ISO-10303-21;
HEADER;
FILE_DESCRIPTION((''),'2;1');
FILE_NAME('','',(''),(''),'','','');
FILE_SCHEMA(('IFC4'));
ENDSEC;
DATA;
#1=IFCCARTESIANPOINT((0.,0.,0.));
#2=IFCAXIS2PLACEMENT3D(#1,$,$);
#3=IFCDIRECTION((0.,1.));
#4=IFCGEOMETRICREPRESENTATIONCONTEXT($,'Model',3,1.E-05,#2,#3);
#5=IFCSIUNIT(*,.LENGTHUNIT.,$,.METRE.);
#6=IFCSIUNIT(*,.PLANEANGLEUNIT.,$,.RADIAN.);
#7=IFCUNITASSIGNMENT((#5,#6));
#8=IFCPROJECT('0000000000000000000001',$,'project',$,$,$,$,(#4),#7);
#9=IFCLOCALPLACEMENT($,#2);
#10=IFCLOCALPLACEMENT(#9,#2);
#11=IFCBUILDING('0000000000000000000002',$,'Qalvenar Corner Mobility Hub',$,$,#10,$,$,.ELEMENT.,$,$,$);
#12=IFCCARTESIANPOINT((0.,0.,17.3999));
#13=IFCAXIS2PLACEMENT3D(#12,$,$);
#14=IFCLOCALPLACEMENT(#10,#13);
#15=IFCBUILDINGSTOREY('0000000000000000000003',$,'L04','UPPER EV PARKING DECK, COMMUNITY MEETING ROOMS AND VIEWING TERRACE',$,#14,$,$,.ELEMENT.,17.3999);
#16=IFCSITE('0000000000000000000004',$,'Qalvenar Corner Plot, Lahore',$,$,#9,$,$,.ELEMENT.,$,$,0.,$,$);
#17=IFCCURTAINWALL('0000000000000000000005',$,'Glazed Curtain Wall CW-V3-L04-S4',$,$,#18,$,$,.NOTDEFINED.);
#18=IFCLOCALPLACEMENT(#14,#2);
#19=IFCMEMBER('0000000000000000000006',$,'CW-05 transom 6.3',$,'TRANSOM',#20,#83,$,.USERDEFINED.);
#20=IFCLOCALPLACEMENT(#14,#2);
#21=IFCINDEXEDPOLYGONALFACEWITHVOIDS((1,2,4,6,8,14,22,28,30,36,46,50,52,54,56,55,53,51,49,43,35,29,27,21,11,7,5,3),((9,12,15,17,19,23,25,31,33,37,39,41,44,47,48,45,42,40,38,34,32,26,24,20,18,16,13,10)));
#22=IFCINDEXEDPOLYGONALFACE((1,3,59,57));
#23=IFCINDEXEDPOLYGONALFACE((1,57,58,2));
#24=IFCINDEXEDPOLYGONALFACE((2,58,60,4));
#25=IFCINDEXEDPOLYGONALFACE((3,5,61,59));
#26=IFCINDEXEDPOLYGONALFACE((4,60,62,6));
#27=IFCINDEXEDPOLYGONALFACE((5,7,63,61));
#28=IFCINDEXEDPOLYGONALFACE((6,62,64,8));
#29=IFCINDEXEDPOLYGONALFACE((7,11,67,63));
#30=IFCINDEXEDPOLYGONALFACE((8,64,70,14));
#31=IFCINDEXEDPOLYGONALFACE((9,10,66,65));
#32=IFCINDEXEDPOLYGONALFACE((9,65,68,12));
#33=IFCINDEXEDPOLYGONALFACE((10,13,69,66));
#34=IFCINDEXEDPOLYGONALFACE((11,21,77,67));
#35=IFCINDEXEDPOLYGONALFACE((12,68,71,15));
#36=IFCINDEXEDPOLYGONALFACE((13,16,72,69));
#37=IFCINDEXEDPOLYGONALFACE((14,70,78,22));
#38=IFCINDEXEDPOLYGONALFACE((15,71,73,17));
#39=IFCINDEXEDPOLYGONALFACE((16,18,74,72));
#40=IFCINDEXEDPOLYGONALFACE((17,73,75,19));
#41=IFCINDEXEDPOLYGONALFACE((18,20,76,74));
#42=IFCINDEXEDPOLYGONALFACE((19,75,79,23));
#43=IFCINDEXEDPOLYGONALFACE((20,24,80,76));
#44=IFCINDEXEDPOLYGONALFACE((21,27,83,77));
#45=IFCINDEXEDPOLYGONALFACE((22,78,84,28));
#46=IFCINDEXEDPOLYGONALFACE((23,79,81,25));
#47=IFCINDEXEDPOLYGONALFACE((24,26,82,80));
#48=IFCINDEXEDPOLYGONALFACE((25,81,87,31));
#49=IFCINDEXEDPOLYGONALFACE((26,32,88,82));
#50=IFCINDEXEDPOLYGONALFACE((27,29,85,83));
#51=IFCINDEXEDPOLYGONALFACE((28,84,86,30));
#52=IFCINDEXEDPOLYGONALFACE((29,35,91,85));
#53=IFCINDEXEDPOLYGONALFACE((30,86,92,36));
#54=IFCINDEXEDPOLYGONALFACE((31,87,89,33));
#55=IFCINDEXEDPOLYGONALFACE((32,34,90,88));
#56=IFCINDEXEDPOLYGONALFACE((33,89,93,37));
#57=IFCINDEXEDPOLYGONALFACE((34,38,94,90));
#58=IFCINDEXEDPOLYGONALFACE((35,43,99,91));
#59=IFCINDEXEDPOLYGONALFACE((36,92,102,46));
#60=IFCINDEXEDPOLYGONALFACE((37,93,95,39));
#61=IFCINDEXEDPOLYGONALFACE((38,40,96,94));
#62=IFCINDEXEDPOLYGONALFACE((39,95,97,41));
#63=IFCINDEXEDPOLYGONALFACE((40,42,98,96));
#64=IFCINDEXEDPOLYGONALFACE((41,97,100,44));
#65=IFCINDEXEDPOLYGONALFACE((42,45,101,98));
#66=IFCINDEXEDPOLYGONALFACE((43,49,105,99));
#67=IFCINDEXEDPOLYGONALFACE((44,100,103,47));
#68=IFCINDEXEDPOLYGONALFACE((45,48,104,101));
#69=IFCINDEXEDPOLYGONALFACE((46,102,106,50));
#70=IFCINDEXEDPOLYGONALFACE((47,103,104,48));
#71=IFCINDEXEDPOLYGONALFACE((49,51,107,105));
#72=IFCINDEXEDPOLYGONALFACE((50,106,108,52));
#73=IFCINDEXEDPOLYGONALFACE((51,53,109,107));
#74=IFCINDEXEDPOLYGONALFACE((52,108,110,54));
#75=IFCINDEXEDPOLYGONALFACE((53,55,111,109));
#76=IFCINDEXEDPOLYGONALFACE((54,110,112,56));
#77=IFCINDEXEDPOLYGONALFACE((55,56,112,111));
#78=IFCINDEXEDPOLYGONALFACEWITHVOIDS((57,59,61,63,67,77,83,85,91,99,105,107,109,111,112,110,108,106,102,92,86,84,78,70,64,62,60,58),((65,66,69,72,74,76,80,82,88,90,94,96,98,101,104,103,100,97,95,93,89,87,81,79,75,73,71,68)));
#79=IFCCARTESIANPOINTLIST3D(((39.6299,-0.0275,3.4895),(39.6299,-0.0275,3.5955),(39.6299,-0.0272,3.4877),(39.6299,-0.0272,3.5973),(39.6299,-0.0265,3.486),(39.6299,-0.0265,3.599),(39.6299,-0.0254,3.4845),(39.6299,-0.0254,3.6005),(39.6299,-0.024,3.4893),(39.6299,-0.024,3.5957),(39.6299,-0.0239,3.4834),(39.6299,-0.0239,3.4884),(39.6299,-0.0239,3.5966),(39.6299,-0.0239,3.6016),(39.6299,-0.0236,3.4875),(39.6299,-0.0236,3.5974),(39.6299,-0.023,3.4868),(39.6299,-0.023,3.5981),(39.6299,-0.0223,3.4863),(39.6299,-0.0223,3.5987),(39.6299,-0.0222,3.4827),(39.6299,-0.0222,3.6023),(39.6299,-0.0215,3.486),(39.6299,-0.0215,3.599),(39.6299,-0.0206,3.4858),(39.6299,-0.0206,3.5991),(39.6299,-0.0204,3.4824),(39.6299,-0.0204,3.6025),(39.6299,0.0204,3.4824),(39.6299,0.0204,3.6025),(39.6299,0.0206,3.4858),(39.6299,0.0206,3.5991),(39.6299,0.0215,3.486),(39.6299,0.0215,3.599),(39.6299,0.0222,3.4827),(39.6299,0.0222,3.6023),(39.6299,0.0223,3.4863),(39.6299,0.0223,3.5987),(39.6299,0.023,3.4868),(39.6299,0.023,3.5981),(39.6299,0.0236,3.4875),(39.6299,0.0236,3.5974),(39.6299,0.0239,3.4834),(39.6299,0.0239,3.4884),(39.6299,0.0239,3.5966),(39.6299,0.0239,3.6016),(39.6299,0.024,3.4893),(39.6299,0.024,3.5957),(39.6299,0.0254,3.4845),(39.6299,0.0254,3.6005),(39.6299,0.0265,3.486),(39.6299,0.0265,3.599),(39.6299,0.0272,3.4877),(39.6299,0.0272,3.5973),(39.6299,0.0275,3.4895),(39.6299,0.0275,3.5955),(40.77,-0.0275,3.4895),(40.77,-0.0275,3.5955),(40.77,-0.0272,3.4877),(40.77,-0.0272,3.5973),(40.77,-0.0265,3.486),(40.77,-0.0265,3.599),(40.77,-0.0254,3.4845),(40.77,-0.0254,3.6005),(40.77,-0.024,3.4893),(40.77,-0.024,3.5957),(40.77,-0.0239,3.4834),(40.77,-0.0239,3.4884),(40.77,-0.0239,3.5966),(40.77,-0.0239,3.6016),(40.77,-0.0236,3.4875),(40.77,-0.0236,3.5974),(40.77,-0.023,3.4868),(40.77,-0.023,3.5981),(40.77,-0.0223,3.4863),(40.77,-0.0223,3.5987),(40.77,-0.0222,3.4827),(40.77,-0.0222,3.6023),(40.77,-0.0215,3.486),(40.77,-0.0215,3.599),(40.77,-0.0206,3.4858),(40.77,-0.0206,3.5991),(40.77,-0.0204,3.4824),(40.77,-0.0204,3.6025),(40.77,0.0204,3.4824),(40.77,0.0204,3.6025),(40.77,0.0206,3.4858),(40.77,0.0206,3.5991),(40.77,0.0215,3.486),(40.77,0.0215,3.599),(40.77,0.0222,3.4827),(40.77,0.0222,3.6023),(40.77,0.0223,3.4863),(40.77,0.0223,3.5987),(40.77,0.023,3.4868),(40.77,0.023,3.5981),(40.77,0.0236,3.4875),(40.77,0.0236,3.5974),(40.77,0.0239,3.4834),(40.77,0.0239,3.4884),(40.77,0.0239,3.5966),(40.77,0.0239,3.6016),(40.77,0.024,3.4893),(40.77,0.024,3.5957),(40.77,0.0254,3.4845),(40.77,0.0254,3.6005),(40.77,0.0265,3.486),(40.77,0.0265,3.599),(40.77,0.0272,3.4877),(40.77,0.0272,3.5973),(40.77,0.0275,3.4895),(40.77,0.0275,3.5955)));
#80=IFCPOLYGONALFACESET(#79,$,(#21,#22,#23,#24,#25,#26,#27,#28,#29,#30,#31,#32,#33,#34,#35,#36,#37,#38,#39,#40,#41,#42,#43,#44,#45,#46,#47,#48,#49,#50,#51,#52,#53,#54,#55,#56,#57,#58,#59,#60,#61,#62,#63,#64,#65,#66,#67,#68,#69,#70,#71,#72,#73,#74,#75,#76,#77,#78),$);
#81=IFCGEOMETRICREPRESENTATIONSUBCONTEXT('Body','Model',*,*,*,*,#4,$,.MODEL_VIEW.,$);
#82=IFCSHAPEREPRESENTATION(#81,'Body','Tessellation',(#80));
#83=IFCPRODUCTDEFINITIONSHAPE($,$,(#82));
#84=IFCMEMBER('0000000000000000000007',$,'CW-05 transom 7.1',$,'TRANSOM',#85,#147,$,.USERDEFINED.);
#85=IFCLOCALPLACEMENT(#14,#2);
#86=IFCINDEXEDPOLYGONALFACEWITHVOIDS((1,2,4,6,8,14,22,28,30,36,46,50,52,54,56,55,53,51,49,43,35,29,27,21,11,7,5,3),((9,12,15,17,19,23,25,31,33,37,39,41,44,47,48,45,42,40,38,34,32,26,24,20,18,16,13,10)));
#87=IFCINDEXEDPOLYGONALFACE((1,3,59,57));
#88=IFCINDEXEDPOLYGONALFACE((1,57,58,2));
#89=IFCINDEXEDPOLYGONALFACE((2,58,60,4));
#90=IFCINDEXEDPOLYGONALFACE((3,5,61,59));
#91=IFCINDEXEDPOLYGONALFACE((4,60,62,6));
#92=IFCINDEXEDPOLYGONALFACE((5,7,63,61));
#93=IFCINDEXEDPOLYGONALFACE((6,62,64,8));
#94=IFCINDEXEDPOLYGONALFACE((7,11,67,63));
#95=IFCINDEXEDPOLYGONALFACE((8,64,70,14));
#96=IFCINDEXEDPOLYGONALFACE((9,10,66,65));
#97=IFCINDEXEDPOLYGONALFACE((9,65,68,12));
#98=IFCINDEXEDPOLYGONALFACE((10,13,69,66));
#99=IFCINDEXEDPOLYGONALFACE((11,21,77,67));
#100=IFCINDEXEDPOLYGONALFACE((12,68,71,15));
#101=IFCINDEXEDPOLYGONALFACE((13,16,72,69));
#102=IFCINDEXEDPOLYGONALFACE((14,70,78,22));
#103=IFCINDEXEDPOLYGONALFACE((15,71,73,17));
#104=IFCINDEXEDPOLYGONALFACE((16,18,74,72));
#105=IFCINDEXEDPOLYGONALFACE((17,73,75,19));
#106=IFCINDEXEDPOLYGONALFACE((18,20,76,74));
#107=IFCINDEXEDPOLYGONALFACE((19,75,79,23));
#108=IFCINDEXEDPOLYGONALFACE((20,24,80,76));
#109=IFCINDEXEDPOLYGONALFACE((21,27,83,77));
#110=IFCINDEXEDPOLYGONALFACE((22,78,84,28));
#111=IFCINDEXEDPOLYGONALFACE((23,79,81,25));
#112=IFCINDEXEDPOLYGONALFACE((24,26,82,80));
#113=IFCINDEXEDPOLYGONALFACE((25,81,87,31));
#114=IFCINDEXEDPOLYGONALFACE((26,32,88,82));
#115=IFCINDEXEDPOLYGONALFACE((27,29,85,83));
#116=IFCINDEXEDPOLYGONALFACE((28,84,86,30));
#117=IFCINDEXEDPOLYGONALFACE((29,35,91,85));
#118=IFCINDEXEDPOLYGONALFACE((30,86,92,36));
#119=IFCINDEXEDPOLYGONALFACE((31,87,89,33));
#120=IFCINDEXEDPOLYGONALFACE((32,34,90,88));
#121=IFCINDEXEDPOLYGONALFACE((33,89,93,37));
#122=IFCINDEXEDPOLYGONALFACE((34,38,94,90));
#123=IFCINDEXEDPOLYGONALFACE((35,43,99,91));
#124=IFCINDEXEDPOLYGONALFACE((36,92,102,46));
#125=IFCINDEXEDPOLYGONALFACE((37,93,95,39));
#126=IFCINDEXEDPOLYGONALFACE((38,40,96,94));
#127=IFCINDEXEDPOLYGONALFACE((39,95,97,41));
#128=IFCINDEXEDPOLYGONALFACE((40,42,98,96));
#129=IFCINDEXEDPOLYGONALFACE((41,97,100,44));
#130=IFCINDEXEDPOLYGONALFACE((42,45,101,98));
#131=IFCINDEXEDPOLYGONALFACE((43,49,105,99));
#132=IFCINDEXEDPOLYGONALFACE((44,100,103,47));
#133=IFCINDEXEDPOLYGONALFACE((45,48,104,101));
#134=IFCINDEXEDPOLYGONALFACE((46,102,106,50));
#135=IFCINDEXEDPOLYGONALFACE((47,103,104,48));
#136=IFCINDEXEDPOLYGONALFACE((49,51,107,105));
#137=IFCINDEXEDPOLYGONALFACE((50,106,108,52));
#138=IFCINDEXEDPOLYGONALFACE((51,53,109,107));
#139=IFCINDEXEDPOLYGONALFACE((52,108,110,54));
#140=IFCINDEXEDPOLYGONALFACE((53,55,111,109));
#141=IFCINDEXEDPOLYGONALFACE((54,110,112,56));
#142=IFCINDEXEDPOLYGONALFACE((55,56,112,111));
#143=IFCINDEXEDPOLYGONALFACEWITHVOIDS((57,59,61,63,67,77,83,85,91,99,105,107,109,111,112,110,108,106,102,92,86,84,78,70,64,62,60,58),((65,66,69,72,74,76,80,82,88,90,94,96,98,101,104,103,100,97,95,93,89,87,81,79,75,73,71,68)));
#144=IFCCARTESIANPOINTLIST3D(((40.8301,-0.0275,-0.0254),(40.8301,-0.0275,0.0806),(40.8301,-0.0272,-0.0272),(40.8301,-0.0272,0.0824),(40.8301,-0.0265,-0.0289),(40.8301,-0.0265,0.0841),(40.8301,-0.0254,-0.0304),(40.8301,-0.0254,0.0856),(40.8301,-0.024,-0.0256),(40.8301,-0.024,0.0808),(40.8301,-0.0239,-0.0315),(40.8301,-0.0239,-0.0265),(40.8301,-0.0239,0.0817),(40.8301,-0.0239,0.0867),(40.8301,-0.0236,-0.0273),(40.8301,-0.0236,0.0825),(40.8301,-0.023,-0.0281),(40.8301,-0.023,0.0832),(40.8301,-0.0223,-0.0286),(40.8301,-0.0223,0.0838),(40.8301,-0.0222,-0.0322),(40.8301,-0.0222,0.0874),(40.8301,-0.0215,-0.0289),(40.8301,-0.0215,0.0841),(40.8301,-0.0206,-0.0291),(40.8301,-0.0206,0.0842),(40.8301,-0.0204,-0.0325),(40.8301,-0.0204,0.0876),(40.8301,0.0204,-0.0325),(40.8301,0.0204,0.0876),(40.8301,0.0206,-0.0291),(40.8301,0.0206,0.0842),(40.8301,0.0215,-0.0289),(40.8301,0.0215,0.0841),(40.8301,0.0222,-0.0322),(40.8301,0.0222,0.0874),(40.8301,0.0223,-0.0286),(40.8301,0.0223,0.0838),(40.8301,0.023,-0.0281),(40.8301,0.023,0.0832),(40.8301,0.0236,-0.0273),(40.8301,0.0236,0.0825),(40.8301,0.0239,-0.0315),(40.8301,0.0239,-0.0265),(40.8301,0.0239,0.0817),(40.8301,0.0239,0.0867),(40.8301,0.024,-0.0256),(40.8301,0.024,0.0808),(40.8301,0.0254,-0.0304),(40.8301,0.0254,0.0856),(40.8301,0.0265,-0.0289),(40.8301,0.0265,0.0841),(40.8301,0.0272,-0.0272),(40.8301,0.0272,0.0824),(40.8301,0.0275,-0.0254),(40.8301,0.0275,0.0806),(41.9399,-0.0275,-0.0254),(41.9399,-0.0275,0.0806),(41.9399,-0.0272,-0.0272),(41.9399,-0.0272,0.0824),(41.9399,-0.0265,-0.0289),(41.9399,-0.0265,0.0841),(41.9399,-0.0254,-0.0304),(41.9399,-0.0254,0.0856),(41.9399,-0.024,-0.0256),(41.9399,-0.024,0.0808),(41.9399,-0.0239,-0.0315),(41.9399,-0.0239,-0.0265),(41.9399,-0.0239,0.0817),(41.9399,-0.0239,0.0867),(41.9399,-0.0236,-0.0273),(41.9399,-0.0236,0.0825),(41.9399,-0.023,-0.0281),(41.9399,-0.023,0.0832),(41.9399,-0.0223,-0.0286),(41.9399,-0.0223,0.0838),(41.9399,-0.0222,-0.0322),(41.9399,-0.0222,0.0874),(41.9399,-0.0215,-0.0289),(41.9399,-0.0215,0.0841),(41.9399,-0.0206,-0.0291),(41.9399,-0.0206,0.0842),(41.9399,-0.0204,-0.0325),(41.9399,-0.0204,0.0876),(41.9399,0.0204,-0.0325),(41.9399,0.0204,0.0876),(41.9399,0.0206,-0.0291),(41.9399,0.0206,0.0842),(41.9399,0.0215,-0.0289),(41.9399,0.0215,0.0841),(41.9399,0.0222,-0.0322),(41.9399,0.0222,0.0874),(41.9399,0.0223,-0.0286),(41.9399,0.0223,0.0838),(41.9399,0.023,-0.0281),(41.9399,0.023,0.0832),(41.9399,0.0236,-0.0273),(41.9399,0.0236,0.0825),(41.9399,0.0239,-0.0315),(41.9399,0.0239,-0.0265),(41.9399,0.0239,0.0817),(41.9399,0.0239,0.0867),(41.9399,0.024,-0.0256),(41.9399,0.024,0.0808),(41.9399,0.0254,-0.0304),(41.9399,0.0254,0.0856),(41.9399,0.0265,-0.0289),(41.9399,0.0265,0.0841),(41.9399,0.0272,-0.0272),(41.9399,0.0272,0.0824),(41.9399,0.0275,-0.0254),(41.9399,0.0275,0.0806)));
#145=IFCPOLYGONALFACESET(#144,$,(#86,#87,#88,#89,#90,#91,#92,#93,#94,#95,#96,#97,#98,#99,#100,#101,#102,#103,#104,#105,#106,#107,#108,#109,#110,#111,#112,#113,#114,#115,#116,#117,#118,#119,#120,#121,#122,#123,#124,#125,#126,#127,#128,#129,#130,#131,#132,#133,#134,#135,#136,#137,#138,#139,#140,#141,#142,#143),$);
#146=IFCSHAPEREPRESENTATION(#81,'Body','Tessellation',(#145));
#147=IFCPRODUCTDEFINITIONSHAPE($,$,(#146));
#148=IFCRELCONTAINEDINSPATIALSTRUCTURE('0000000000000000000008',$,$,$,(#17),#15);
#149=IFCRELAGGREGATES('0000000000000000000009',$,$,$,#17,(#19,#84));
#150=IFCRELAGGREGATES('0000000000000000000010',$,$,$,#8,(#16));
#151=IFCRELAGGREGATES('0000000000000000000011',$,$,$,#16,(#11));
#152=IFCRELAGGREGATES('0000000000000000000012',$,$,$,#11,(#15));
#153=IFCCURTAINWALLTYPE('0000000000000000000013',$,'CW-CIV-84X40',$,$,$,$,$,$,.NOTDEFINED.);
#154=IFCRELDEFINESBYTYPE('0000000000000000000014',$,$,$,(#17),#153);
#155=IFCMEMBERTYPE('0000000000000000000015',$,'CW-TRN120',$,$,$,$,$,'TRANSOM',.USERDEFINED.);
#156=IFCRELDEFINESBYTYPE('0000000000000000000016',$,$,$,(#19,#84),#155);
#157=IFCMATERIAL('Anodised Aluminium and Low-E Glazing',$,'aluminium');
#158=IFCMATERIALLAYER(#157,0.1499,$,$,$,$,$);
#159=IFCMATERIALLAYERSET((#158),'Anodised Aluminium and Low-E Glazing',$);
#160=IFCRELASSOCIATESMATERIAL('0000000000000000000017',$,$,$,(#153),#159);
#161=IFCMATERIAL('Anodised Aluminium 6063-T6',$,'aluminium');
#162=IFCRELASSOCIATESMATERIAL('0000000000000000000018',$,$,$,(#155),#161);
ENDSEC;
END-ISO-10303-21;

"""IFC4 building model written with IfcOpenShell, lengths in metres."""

from ifc_helpers import new_model, si_unit, direction, frame, origin, origin_2d, place, context, subcontext, project, spatial, hollow_rectangle, extrude, material, layer, layer_set, material_profile, profile_set, type_object, element, aggregate, save


model = new_model("IFC4")

# Units and contexts
model_context = context("Model", 3, precision=1e-05, world=origin(), true_north=direction((0.0, 1.0)))
body_context = subcontext(model_context, "Body", "Model", "MODEL_VIEW")
ifc_project = project(units=[si_unit("LENGTHUNIT", "METRE"), si_unit("PLANEANGLEUNIT", "RADIAN")], contexts=[model_context])

# Site, building, storey
site_placement = place(None, origin())
site = spatial("IfcSite", under=ifc_project, at=site_placement, Name="Qalvenar Corner Plot, Lahore", CompositionType="ELEMENT", RefElevation=0.0)
building_placement = place(site_placement, origin())
building = spatial("IfcBuilding", under=site, at=building_placement, Name="Qalvenar Corner Mobility Hub", CompositionType="ELEMENT")
storey_placement = place(building_placement, frame((0.0, 0.0, 17.3999)))
storey = spatial("IfcBuildingStorey", under=building, at=storey_placement, Name="L04", Description="UPPER EV PARKING DECK, COMMUNITY MEETING ROOMS AND VIEWING TERRACE", CompositionType="ELEMENT", Elevation=17.3999)

# Curtain wall, members
ifc_material_1 = material(Name="Anodised Aluminium and Low-E Glazing", Category="aluminium")
ifc_layer_1 = layer(ifc_material_1, 0.1499)
ifc_layer_set_1 = layer_set([ifc_layer_1], Name="Anodised Aluminium and Low-E Glazing")
curtain_wall_type = type_object("IfcCurtainWallType", Name="CW-CIV-84X40", PredefinedType="NOTDEFINED", material=ifc_layer_set_1)
curtain_wall_placement = place(storey_placement, origin())
curtain_wall = element("IfcCurtainWall", 1, at=curtain_wall_placement, inside=storey, type_object=curtain_wall_type, Name="Glazed Curtain Wall CW-V3-L04-S4", PredefinedType="NOTDEFINED")
ifc_material_2 = material(Name="Anodised Aluminium 6063-T6", Category="aluminium")
ifc_material_profile_1 = material_profile(ifc_material_2, hollow_rectangle(XDim=0.0549, YDim=0.1201, WallThickness=0.0034, InnerFilletRadius=0.0034, OuterFilletRadius=0.0071, at=origin_2d()), Name="RHS120x55x3.5")
ifc_profile_set_1 = profile_set([ifc_material_profile_1], Name="Anodised Aluminium 6063-T6")
member_type_1 = type_object("IfcMemberType", Name="CW-TRN120", ElementType="TRANSOM", PredefinedType="USERDEFINED", material=ifc_profile_set_1)
member_1_placement = place(storey_placement, frame((39.6299, 0.0, 3.5425), z_axis=(1.0, 0.0, 0.0), x_axis=(0.0, 1.0, 0.0)))
member_1 = element("IfcMember", 2, at=member_1_placement, type_object=member_type_1, Name="CW-05 transom 6.3", ObjectType="TRANSOM", PredefinedType="USERDEFINED", context=body_context, shape_type="SweptSolid", body=[
    extrude(hollow_rectangle(XDim=0.0549, YDim=0.1201, WallThickness=0.0034, InnerFilletRadius=0.0034, OuterFilletRadius=0.0071, at=origin_2d()), origin(), (0.0, 0.0, 1.0), 1.1401),
])
member_2_placement = place(storey_placement, frame((40.8301, 0.0, 0.0276), z_axis=(1.0, 0.0, 0.0), x_axis=(0.0, 1.0, 0.0)))
member_2 = element("IfcMember", 3, at=member_2_placement, type_object=member_type_1, Name="CW-05 transom 7.1", ObjectType="TRANSOM", PredefinedType="USERDEFINED", context=body_context, shape_type="SweptSolid", body=[
    extrude(hollow_rectangle(XDim=0.0549, YDim=0.1201, WallThickness=0.0034, InnerFilletRadius=0.0034, OuterFilletRadius=0.0071, at=origin_2d()), origin(), (0.0, 0.0, 1.0), 1.1099),
])
aggregate(curtain_wall, [member_1, member_2])

save(model, "model.ifc")
